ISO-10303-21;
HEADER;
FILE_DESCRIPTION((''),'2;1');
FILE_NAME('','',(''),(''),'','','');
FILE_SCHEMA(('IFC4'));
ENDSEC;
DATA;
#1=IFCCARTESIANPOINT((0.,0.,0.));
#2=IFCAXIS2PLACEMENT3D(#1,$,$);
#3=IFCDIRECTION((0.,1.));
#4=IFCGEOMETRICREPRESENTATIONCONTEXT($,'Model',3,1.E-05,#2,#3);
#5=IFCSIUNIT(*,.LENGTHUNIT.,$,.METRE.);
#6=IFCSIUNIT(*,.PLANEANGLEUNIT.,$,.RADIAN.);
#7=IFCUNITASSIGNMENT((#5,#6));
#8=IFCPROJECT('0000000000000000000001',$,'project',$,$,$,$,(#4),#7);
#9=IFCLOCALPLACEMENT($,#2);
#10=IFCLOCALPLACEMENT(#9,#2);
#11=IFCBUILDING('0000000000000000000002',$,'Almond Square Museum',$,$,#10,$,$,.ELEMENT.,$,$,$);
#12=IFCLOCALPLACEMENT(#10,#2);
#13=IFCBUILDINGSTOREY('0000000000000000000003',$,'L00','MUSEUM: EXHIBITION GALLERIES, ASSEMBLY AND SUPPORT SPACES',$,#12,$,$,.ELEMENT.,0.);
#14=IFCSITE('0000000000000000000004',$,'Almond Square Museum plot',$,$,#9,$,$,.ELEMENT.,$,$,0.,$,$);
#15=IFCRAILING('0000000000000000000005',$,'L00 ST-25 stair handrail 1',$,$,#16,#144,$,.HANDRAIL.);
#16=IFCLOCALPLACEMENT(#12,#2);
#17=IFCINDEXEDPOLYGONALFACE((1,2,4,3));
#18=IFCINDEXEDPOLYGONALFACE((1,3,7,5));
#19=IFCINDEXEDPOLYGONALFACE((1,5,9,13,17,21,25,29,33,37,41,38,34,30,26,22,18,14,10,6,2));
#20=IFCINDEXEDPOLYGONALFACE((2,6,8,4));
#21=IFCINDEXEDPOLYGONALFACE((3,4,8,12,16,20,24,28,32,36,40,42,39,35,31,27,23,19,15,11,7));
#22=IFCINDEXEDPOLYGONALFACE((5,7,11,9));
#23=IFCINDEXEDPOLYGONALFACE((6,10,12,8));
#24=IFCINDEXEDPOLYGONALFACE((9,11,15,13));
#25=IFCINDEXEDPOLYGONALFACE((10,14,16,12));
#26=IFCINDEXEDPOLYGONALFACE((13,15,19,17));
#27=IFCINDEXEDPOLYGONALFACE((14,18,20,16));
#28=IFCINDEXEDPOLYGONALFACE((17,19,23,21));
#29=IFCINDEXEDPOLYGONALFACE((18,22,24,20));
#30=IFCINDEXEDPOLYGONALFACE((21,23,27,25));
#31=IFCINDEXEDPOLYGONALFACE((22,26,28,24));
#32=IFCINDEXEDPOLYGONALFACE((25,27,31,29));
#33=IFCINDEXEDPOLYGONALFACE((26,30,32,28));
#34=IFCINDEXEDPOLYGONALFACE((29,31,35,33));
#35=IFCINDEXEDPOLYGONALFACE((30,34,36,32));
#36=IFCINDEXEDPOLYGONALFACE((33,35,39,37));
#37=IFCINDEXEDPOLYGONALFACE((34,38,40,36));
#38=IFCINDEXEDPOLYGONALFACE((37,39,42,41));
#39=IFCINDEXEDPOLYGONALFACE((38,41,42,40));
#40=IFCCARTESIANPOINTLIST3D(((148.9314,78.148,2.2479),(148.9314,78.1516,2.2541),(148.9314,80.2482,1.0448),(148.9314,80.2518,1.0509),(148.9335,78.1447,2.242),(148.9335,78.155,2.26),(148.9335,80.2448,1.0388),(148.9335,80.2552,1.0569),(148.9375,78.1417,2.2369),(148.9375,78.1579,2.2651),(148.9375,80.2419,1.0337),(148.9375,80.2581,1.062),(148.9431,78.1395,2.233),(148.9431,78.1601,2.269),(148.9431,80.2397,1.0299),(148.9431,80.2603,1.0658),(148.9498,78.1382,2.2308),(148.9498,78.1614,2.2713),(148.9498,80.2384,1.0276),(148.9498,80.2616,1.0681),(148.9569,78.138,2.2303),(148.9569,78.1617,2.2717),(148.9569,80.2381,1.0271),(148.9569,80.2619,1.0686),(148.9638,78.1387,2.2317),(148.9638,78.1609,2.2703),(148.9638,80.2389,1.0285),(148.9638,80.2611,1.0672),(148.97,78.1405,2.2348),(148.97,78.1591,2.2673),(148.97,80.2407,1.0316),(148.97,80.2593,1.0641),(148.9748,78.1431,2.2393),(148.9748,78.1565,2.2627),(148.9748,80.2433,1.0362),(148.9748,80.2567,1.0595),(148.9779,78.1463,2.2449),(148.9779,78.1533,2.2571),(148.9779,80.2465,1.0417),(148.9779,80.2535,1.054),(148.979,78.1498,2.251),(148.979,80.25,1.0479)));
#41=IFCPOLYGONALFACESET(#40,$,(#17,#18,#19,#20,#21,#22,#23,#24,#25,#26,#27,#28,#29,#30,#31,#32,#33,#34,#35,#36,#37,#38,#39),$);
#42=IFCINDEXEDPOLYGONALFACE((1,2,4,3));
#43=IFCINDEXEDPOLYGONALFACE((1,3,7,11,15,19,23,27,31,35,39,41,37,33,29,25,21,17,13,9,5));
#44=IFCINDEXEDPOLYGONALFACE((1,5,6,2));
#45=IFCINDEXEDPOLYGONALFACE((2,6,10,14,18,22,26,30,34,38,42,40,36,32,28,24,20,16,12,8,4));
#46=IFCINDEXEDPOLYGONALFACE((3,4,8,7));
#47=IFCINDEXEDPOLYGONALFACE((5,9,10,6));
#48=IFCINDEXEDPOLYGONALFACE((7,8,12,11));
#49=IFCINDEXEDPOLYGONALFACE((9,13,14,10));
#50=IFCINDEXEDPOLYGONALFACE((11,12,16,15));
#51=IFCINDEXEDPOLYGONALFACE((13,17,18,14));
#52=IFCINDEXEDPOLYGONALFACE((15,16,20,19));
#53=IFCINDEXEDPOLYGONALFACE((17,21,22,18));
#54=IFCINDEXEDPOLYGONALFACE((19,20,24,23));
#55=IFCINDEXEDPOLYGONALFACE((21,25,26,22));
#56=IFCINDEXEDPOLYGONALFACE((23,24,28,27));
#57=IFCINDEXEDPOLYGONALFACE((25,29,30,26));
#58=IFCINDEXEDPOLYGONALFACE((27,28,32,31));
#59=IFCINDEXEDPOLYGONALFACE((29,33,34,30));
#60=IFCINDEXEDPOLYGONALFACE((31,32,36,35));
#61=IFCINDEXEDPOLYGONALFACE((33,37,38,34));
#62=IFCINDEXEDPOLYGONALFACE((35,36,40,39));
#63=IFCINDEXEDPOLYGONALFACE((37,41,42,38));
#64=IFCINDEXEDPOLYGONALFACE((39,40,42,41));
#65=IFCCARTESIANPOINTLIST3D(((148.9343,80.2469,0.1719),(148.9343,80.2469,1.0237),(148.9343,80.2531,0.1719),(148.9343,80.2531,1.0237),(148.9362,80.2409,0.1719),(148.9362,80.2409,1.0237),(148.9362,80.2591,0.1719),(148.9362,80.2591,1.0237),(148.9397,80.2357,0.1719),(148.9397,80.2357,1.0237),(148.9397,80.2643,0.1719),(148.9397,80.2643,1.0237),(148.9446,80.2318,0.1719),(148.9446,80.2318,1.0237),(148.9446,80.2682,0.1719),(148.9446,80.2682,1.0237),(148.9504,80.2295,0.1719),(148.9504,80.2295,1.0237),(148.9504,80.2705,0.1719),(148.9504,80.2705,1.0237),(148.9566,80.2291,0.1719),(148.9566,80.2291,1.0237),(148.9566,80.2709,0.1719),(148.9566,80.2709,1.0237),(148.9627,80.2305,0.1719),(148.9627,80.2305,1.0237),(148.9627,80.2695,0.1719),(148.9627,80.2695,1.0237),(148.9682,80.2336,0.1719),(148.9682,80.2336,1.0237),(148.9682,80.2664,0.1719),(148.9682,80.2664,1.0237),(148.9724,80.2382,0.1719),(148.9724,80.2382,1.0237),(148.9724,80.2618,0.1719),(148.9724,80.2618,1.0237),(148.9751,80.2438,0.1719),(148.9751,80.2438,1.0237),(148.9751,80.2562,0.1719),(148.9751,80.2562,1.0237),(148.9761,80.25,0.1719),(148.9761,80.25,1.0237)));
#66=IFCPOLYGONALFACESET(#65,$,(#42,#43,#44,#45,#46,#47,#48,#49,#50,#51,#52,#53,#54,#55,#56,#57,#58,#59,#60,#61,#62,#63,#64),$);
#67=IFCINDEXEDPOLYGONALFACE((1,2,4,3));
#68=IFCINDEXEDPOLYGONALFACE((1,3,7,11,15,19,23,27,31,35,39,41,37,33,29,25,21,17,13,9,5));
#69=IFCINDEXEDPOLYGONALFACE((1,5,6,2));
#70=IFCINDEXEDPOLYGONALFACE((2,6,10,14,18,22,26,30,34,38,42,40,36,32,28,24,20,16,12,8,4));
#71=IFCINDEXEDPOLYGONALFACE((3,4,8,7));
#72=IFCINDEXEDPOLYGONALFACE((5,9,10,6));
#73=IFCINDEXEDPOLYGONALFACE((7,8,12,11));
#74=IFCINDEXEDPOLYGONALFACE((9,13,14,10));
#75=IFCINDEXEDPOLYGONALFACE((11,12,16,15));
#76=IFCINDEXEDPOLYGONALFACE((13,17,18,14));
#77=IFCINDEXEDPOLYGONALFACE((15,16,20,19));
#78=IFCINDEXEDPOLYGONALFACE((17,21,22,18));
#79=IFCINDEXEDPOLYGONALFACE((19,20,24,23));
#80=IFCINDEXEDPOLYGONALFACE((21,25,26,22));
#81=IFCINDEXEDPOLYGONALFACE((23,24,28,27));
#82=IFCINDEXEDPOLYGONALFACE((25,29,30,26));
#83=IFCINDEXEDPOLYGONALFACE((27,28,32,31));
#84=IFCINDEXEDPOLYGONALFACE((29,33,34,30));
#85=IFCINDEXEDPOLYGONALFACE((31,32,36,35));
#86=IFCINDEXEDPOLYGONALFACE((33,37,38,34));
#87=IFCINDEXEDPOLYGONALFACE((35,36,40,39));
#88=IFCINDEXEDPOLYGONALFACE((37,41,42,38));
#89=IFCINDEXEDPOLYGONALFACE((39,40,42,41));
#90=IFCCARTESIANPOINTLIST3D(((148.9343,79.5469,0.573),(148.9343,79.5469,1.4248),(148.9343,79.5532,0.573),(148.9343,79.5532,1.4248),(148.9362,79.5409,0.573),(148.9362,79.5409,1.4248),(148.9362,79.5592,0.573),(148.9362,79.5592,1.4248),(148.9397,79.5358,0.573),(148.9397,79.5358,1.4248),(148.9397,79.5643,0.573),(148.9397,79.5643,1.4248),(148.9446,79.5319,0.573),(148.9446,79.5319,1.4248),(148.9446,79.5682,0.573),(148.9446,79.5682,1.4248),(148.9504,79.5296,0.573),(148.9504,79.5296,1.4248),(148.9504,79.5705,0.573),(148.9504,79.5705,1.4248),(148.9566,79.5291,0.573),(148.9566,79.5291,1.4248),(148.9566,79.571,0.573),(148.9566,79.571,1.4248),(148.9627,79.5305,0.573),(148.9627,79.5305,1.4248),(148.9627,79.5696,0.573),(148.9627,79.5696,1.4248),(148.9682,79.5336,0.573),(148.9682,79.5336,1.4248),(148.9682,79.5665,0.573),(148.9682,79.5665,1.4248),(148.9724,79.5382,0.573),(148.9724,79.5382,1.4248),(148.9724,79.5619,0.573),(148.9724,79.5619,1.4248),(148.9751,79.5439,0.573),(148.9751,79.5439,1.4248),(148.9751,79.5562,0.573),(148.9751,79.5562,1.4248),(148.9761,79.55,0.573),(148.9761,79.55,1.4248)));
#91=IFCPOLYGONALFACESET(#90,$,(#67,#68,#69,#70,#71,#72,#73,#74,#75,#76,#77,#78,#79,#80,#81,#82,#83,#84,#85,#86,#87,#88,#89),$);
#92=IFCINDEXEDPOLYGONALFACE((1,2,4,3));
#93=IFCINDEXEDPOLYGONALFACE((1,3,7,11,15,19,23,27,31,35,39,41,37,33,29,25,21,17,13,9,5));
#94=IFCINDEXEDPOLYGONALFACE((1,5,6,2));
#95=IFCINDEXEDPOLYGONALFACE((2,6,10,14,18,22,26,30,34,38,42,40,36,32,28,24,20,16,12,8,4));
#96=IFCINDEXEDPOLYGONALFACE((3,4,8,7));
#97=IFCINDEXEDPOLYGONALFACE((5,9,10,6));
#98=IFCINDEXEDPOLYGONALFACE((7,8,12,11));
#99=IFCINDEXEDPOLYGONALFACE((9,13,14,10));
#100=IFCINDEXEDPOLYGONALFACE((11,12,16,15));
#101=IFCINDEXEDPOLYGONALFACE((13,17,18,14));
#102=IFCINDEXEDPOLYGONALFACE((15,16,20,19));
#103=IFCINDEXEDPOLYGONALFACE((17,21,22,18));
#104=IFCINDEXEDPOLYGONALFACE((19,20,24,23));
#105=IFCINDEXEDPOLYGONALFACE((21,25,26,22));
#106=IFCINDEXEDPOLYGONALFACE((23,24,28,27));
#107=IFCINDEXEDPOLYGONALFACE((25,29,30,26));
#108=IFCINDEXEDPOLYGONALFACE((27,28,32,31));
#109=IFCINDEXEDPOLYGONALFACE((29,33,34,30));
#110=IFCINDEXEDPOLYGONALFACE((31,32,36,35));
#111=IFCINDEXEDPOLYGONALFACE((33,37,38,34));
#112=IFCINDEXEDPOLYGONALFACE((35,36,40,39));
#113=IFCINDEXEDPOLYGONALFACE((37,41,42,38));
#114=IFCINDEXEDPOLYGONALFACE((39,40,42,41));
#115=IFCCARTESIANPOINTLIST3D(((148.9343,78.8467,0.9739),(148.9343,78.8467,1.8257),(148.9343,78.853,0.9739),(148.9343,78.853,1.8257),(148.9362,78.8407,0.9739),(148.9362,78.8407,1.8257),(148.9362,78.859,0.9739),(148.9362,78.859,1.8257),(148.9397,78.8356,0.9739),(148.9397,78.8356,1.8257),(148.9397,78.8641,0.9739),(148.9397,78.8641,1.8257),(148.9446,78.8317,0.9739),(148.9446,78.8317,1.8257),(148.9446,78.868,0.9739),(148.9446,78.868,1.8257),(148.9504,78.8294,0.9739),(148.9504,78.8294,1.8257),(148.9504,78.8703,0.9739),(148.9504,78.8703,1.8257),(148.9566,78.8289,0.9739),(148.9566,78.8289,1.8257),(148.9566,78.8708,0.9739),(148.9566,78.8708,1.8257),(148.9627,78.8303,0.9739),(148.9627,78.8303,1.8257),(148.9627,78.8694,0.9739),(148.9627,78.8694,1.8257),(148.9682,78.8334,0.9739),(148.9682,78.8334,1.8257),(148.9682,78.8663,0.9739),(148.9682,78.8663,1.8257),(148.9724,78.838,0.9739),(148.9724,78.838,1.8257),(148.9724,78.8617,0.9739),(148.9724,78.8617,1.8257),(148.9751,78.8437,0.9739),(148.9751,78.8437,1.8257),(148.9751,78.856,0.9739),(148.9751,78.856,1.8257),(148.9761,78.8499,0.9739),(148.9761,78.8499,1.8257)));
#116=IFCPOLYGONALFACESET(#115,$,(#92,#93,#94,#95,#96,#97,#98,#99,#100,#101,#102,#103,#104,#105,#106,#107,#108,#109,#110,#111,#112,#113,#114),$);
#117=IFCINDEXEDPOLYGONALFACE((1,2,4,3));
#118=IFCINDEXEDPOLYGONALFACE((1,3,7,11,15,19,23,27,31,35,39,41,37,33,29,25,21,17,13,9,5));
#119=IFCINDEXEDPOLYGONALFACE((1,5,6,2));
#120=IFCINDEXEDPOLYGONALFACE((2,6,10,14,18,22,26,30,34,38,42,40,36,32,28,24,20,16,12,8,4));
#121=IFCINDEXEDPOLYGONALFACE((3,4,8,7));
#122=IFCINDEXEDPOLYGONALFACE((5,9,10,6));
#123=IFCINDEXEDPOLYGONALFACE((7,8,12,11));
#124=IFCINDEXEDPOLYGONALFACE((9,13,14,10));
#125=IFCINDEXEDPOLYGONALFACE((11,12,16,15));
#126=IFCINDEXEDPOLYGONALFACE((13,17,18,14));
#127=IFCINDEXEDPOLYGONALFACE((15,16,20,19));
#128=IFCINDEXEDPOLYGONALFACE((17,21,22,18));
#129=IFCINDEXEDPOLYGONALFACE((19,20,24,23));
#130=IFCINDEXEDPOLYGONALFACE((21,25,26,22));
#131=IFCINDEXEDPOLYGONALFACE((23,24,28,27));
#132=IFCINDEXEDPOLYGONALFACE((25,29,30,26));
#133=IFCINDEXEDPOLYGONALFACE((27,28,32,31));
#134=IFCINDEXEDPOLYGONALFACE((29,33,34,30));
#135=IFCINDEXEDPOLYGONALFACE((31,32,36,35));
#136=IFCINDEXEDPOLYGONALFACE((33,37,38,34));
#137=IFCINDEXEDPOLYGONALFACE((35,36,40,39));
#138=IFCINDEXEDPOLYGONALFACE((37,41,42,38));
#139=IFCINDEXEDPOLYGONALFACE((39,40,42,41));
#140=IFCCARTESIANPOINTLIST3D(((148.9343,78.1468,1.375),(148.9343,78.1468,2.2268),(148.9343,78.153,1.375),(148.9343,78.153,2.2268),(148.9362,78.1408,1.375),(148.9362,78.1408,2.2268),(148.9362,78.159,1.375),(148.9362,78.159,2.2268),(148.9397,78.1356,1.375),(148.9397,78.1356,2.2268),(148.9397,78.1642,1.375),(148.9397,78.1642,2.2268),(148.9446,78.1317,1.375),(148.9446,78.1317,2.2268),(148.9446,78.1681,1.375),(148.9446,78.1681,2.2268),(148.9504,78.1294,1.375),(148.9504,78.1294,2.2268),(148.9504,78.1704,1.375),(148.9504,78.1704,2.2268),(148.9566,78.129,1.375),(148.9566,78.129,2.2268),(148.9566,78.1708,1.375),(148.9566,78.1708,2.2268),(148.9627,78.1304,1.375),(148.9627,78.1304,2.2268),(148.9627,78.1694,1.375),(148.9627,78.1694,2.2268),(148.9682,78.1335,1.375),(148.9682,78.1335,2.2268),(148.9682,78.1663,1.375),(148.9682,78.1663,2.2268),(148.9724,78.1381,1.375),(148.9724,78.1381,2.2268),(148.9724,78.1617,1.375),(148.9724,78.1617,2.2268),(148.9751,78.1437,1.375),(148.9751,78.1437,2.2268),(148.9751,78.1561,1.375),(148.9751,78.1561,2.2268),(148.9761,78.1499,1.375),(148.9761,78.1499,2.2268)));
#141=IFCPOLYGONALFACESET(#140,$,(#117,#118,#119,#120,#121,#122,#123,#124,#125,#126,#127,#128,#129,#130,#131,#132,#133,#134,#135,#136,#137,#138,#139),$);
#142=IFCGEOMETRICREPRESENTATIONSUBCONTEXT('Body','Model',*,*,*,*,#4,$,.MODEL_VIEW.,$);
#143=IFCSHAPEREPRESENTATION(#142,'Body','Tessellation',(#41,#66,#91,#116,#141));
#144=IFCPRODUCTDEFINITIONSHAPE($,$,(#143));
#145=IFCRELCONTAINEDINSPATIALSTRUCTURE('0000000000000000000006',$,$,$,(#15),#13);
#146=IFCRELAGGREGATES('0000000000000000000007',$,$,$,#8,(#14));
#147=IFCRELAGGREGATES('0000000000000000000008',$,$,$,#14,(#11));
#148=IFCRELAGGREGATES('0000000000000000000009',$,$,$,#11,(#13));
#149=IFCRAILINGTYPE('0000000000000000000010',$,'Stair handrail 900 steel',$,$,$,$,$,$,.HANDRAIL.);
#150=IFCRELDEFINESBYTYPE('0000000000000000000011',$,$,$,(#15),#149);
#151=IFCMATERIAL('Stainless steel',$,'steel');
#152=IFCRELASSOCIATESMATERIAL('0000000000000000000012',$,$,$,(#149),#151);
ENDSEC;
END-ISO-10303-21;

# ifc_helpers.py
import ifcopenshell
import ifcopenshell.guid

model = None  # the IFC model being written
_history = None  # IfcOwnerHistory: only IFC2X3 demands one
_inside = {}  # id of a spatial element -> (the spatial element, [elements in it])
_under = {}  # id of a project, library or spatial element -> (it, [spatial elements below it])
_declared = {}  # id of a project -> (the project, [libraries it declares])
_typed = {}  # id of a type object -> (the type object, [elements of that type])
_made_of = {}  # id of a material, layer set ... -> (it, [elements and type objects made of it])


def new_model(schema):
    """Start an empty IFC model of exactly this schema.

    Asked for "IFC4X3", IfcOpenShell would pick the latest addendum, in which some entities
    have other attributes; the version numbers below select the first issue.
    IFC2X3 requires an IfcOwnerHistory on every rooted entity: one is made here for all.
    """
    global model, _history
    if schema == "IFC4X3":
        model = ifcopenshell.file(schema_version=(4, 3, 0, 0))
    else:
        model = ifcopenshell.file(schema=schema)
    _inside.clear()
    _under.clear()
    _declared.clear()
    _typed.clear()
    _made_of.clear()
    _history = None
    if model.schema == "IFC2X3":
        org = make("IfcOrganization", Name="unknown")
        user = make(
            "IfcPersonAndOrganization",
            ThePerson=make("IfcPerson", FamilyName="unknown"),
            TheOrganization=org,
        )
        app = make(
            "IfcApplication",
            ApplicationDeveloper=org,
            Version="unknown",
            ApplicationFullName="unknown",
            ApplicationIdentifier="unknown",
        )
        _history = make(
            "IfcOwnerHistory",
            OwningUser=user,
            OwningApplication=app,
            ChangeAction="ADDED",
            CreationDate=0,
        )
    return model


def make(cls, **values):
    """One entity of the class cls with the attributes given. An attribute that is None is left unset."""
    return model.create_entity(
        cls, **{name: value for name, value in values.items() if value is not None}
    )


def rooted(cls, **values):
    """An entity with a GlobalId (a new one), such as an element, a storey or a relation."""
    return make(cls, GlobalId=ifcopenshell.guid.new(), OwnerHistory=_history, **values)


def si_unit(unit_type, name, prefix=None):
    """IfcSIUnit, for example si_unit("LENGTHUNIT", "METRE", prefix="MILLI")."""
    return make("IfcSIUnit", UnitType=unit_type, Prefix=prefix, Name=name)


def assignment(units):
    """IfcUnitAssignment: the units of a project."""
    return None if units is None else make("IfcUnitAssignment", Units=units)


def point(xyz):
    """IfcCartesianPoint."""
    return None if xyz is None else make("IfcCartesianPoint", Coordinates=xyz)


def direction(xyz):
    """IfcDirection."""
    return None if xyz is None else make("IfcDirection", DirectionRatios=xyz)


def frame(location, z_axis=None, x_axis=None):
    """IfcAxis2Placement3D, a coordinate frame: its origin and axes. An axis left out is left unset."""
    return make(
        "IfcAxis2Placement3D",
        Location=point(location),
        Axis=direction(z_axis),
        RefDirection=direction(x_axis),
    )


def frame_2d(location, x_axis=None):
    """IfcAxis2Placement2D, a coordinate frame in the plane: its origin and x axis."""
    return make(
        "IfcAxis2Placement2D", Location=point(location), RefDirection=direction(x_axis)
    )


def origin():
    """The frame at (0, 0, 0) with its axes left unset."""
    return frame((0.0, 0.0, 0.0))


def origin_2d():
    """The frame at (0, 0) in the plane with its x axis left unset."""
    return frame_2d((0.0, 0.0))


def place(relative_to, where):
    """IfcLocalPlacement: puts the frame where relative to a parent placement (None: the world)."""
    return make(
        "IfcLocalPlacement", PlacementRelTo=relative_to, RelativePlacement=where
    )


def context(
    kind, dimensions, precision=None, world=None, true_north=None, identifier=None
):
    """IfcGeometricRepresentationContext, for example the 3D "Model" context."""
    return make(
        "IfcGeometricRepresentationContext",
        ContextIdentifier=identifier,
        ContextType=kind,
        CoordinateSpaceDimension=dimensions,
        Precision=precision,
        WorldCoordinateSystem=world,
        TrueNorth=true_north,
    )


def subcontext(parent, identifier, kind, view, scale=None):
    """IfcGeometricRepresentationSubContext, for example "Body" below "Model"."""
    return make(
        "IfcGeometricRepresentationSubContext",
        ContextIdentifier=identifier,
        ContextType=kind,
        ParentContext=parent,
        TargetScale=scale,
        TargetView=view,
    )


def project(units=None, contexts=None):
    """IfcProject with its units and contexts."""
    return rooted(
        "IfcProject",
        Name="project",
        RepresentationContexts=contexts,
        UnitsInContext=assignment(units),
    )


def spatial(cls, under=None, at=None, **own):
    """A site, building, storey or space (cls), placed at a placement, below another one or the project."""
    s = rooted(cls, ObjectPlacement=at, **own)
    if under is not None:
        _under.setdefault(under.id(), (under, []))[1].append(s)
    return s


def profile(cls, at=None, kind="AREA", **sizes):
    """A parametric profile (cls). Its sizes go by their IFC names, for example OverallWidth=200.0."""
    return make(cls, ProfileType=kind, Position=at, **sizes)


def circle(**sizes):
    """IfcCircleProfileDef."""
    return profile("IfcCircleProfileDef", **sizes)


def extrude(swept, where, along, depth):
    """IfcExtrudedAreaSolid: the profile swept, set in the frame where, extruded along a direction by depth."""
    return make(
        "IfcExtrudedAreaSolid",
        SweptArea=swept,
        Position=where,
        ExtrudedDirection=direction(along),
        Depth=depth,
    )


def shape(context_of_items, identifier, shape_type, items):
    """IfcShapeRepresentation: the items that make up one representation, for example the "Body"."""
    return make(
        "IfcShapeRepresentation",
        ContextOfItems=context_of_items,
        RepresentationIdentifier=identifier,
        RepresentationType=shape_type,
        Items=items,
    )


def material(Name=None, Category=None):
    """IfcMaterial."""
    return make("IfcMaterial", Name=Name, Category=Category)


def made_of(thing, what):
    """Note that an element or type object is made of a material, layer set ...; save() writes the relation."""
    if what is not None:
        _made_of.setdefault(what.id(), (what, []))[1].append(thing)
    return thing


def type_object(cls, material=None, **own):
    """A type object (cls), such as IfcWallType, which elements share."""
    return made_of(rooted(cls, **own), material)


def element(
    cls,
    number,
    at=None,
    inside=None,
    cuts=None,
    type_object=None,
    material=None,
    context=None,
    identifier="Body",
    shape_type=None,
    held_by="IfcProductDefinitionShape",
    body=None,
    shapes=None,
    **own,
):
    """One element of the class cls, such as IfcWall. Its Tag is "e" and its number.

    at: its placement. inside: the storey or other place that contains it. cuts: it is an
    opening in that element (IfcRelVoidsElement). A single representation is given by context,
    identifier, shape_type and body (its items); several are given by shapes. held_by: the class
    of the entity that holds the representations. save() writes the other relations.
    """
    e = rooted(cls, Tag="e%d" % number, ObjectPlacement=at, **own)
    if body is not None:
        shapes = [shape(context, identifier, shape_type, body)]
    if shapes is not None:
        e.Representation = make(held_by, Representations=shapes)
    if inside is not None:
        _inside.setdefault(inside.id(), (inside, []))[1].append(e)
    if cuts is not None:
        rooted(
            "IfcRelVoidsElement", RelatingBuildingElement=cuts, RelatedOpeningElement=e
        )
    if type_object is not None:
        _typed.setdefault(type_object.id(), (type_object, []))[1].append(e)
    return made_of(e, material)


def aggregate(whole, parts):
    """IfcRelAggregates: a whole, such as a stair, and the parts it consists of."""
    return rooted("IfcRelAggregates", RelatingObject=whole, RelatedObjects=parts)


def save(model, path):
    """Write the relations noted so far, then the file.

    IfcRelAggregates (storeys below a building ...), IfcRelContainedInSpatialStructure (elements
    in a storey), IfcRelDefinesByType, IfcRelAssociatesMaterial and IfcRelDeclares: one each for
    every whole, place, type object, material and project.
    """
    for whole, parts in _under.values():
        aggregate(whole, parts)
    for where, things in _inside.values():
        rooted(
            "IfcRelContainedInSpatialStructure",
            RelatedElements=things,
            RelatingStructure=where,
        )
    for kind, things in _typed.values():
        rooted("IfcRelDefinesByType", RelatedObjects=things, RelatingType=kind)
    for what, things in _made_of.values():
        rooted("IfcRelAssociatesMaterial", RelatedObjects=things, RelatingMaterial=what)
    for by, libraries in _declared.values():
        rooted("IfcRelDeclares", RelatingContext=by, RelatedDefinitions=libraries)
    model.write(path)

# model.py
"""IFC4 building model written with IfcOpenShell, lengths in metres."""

from ifc_helpers import new_model, si_unit, direction, frame, origin, origin_2d, place, context, subcontext, project, spatial, circle, extrude, material, type_object, element, save


model = new_model("IFC4")

# Units and contexts
model_context = context("Model", 3, precision=1e-05, world=origin(), true_north=direction((0.0, 1.0)))
body_context = subcontext(model_context, "Body", "Model", "MODEL_VIEW")
ifc_project = project(units=[si_unit("LENGTHUNIT", "METRE"), si_unit("PLANEANGLEUNIT", "RADIAN")], contexts=[model_context])

# Site, building, storey
site_placement = place(None, origin())
site = spatial("IfcSite", under=ifc_project, at=site_placement, Name="Almond Square Museum plot", CompositionType="ELEMENT", RefElevation=0.0)
building_placement = place(site_placement, origin())
building = spatial("IfcBuilding", under=site, at=building_placement, Name="Almond Square Museum", CompositionType="ELEMENT")
storey_placement = place(building_placement, origin())
storey = spatial("IfcBuildingStorey", under=building, at=storey_placement, Name="L00", Description="MUSEUM: EXHIBITION GALLERIES, ASSEMBLY AND SUPPORT SPACES", CompositionType="ELEMENT", Elevation=0.0)

# Railing
ifc_material_1 = material(Name="Stainless steel", Category="steel")
railing_type_1 = type_object("IfcRailingType", Name="Stair handrail 900 steel", PredefinedType="HANDRAIL", material=ifc_material_1)
for number, where, name in (
    (1, (148.9551, 80.25, 0.1719), "L00 ST-25 stair handrail 1"),
):
    element("IfcRailing", number, at=place(storey_placement, frame(where)), inside=storey, type_object=railing_type_1, Name=name, PredefinedType="HANDRAIL", context=body_context, shape_type="SweptSolid", body=[
        extrude(circle(Radius=0.0239, at=origin_2d()), frame((0.0, 0.0, 0.876), z_axis=(0.0, -0.867696, 0.497095), x_axis=(1.0, 0.0, 0.0)), (0.0, 0.0, 1.0), 2.4204),
        extrude(circle(Radius=0.021, at=origin_2d()), origin(), (0.0, 0.0, 1.0), 0.8518),
        extrude(circle(Radius=0.021, at=origin_2d()), frame((0.0, -0.7, 0.4011)), (0.0, 0.0, 1.0), 0.8518),
        extrude(circle(Radius=0.021, at=origin_2d()), frame((0.0, -1.4001, 0.802)), (0.0, 0.0, 1.0), 0.8518),
        extrude(circle(Radius=0.021, at=origin_2d()), frame((0.0, -2.1001, 1.2031)), (0.0, 0.0, 1.0), 0.8518),
    ])

save(model, "model.ifc")
